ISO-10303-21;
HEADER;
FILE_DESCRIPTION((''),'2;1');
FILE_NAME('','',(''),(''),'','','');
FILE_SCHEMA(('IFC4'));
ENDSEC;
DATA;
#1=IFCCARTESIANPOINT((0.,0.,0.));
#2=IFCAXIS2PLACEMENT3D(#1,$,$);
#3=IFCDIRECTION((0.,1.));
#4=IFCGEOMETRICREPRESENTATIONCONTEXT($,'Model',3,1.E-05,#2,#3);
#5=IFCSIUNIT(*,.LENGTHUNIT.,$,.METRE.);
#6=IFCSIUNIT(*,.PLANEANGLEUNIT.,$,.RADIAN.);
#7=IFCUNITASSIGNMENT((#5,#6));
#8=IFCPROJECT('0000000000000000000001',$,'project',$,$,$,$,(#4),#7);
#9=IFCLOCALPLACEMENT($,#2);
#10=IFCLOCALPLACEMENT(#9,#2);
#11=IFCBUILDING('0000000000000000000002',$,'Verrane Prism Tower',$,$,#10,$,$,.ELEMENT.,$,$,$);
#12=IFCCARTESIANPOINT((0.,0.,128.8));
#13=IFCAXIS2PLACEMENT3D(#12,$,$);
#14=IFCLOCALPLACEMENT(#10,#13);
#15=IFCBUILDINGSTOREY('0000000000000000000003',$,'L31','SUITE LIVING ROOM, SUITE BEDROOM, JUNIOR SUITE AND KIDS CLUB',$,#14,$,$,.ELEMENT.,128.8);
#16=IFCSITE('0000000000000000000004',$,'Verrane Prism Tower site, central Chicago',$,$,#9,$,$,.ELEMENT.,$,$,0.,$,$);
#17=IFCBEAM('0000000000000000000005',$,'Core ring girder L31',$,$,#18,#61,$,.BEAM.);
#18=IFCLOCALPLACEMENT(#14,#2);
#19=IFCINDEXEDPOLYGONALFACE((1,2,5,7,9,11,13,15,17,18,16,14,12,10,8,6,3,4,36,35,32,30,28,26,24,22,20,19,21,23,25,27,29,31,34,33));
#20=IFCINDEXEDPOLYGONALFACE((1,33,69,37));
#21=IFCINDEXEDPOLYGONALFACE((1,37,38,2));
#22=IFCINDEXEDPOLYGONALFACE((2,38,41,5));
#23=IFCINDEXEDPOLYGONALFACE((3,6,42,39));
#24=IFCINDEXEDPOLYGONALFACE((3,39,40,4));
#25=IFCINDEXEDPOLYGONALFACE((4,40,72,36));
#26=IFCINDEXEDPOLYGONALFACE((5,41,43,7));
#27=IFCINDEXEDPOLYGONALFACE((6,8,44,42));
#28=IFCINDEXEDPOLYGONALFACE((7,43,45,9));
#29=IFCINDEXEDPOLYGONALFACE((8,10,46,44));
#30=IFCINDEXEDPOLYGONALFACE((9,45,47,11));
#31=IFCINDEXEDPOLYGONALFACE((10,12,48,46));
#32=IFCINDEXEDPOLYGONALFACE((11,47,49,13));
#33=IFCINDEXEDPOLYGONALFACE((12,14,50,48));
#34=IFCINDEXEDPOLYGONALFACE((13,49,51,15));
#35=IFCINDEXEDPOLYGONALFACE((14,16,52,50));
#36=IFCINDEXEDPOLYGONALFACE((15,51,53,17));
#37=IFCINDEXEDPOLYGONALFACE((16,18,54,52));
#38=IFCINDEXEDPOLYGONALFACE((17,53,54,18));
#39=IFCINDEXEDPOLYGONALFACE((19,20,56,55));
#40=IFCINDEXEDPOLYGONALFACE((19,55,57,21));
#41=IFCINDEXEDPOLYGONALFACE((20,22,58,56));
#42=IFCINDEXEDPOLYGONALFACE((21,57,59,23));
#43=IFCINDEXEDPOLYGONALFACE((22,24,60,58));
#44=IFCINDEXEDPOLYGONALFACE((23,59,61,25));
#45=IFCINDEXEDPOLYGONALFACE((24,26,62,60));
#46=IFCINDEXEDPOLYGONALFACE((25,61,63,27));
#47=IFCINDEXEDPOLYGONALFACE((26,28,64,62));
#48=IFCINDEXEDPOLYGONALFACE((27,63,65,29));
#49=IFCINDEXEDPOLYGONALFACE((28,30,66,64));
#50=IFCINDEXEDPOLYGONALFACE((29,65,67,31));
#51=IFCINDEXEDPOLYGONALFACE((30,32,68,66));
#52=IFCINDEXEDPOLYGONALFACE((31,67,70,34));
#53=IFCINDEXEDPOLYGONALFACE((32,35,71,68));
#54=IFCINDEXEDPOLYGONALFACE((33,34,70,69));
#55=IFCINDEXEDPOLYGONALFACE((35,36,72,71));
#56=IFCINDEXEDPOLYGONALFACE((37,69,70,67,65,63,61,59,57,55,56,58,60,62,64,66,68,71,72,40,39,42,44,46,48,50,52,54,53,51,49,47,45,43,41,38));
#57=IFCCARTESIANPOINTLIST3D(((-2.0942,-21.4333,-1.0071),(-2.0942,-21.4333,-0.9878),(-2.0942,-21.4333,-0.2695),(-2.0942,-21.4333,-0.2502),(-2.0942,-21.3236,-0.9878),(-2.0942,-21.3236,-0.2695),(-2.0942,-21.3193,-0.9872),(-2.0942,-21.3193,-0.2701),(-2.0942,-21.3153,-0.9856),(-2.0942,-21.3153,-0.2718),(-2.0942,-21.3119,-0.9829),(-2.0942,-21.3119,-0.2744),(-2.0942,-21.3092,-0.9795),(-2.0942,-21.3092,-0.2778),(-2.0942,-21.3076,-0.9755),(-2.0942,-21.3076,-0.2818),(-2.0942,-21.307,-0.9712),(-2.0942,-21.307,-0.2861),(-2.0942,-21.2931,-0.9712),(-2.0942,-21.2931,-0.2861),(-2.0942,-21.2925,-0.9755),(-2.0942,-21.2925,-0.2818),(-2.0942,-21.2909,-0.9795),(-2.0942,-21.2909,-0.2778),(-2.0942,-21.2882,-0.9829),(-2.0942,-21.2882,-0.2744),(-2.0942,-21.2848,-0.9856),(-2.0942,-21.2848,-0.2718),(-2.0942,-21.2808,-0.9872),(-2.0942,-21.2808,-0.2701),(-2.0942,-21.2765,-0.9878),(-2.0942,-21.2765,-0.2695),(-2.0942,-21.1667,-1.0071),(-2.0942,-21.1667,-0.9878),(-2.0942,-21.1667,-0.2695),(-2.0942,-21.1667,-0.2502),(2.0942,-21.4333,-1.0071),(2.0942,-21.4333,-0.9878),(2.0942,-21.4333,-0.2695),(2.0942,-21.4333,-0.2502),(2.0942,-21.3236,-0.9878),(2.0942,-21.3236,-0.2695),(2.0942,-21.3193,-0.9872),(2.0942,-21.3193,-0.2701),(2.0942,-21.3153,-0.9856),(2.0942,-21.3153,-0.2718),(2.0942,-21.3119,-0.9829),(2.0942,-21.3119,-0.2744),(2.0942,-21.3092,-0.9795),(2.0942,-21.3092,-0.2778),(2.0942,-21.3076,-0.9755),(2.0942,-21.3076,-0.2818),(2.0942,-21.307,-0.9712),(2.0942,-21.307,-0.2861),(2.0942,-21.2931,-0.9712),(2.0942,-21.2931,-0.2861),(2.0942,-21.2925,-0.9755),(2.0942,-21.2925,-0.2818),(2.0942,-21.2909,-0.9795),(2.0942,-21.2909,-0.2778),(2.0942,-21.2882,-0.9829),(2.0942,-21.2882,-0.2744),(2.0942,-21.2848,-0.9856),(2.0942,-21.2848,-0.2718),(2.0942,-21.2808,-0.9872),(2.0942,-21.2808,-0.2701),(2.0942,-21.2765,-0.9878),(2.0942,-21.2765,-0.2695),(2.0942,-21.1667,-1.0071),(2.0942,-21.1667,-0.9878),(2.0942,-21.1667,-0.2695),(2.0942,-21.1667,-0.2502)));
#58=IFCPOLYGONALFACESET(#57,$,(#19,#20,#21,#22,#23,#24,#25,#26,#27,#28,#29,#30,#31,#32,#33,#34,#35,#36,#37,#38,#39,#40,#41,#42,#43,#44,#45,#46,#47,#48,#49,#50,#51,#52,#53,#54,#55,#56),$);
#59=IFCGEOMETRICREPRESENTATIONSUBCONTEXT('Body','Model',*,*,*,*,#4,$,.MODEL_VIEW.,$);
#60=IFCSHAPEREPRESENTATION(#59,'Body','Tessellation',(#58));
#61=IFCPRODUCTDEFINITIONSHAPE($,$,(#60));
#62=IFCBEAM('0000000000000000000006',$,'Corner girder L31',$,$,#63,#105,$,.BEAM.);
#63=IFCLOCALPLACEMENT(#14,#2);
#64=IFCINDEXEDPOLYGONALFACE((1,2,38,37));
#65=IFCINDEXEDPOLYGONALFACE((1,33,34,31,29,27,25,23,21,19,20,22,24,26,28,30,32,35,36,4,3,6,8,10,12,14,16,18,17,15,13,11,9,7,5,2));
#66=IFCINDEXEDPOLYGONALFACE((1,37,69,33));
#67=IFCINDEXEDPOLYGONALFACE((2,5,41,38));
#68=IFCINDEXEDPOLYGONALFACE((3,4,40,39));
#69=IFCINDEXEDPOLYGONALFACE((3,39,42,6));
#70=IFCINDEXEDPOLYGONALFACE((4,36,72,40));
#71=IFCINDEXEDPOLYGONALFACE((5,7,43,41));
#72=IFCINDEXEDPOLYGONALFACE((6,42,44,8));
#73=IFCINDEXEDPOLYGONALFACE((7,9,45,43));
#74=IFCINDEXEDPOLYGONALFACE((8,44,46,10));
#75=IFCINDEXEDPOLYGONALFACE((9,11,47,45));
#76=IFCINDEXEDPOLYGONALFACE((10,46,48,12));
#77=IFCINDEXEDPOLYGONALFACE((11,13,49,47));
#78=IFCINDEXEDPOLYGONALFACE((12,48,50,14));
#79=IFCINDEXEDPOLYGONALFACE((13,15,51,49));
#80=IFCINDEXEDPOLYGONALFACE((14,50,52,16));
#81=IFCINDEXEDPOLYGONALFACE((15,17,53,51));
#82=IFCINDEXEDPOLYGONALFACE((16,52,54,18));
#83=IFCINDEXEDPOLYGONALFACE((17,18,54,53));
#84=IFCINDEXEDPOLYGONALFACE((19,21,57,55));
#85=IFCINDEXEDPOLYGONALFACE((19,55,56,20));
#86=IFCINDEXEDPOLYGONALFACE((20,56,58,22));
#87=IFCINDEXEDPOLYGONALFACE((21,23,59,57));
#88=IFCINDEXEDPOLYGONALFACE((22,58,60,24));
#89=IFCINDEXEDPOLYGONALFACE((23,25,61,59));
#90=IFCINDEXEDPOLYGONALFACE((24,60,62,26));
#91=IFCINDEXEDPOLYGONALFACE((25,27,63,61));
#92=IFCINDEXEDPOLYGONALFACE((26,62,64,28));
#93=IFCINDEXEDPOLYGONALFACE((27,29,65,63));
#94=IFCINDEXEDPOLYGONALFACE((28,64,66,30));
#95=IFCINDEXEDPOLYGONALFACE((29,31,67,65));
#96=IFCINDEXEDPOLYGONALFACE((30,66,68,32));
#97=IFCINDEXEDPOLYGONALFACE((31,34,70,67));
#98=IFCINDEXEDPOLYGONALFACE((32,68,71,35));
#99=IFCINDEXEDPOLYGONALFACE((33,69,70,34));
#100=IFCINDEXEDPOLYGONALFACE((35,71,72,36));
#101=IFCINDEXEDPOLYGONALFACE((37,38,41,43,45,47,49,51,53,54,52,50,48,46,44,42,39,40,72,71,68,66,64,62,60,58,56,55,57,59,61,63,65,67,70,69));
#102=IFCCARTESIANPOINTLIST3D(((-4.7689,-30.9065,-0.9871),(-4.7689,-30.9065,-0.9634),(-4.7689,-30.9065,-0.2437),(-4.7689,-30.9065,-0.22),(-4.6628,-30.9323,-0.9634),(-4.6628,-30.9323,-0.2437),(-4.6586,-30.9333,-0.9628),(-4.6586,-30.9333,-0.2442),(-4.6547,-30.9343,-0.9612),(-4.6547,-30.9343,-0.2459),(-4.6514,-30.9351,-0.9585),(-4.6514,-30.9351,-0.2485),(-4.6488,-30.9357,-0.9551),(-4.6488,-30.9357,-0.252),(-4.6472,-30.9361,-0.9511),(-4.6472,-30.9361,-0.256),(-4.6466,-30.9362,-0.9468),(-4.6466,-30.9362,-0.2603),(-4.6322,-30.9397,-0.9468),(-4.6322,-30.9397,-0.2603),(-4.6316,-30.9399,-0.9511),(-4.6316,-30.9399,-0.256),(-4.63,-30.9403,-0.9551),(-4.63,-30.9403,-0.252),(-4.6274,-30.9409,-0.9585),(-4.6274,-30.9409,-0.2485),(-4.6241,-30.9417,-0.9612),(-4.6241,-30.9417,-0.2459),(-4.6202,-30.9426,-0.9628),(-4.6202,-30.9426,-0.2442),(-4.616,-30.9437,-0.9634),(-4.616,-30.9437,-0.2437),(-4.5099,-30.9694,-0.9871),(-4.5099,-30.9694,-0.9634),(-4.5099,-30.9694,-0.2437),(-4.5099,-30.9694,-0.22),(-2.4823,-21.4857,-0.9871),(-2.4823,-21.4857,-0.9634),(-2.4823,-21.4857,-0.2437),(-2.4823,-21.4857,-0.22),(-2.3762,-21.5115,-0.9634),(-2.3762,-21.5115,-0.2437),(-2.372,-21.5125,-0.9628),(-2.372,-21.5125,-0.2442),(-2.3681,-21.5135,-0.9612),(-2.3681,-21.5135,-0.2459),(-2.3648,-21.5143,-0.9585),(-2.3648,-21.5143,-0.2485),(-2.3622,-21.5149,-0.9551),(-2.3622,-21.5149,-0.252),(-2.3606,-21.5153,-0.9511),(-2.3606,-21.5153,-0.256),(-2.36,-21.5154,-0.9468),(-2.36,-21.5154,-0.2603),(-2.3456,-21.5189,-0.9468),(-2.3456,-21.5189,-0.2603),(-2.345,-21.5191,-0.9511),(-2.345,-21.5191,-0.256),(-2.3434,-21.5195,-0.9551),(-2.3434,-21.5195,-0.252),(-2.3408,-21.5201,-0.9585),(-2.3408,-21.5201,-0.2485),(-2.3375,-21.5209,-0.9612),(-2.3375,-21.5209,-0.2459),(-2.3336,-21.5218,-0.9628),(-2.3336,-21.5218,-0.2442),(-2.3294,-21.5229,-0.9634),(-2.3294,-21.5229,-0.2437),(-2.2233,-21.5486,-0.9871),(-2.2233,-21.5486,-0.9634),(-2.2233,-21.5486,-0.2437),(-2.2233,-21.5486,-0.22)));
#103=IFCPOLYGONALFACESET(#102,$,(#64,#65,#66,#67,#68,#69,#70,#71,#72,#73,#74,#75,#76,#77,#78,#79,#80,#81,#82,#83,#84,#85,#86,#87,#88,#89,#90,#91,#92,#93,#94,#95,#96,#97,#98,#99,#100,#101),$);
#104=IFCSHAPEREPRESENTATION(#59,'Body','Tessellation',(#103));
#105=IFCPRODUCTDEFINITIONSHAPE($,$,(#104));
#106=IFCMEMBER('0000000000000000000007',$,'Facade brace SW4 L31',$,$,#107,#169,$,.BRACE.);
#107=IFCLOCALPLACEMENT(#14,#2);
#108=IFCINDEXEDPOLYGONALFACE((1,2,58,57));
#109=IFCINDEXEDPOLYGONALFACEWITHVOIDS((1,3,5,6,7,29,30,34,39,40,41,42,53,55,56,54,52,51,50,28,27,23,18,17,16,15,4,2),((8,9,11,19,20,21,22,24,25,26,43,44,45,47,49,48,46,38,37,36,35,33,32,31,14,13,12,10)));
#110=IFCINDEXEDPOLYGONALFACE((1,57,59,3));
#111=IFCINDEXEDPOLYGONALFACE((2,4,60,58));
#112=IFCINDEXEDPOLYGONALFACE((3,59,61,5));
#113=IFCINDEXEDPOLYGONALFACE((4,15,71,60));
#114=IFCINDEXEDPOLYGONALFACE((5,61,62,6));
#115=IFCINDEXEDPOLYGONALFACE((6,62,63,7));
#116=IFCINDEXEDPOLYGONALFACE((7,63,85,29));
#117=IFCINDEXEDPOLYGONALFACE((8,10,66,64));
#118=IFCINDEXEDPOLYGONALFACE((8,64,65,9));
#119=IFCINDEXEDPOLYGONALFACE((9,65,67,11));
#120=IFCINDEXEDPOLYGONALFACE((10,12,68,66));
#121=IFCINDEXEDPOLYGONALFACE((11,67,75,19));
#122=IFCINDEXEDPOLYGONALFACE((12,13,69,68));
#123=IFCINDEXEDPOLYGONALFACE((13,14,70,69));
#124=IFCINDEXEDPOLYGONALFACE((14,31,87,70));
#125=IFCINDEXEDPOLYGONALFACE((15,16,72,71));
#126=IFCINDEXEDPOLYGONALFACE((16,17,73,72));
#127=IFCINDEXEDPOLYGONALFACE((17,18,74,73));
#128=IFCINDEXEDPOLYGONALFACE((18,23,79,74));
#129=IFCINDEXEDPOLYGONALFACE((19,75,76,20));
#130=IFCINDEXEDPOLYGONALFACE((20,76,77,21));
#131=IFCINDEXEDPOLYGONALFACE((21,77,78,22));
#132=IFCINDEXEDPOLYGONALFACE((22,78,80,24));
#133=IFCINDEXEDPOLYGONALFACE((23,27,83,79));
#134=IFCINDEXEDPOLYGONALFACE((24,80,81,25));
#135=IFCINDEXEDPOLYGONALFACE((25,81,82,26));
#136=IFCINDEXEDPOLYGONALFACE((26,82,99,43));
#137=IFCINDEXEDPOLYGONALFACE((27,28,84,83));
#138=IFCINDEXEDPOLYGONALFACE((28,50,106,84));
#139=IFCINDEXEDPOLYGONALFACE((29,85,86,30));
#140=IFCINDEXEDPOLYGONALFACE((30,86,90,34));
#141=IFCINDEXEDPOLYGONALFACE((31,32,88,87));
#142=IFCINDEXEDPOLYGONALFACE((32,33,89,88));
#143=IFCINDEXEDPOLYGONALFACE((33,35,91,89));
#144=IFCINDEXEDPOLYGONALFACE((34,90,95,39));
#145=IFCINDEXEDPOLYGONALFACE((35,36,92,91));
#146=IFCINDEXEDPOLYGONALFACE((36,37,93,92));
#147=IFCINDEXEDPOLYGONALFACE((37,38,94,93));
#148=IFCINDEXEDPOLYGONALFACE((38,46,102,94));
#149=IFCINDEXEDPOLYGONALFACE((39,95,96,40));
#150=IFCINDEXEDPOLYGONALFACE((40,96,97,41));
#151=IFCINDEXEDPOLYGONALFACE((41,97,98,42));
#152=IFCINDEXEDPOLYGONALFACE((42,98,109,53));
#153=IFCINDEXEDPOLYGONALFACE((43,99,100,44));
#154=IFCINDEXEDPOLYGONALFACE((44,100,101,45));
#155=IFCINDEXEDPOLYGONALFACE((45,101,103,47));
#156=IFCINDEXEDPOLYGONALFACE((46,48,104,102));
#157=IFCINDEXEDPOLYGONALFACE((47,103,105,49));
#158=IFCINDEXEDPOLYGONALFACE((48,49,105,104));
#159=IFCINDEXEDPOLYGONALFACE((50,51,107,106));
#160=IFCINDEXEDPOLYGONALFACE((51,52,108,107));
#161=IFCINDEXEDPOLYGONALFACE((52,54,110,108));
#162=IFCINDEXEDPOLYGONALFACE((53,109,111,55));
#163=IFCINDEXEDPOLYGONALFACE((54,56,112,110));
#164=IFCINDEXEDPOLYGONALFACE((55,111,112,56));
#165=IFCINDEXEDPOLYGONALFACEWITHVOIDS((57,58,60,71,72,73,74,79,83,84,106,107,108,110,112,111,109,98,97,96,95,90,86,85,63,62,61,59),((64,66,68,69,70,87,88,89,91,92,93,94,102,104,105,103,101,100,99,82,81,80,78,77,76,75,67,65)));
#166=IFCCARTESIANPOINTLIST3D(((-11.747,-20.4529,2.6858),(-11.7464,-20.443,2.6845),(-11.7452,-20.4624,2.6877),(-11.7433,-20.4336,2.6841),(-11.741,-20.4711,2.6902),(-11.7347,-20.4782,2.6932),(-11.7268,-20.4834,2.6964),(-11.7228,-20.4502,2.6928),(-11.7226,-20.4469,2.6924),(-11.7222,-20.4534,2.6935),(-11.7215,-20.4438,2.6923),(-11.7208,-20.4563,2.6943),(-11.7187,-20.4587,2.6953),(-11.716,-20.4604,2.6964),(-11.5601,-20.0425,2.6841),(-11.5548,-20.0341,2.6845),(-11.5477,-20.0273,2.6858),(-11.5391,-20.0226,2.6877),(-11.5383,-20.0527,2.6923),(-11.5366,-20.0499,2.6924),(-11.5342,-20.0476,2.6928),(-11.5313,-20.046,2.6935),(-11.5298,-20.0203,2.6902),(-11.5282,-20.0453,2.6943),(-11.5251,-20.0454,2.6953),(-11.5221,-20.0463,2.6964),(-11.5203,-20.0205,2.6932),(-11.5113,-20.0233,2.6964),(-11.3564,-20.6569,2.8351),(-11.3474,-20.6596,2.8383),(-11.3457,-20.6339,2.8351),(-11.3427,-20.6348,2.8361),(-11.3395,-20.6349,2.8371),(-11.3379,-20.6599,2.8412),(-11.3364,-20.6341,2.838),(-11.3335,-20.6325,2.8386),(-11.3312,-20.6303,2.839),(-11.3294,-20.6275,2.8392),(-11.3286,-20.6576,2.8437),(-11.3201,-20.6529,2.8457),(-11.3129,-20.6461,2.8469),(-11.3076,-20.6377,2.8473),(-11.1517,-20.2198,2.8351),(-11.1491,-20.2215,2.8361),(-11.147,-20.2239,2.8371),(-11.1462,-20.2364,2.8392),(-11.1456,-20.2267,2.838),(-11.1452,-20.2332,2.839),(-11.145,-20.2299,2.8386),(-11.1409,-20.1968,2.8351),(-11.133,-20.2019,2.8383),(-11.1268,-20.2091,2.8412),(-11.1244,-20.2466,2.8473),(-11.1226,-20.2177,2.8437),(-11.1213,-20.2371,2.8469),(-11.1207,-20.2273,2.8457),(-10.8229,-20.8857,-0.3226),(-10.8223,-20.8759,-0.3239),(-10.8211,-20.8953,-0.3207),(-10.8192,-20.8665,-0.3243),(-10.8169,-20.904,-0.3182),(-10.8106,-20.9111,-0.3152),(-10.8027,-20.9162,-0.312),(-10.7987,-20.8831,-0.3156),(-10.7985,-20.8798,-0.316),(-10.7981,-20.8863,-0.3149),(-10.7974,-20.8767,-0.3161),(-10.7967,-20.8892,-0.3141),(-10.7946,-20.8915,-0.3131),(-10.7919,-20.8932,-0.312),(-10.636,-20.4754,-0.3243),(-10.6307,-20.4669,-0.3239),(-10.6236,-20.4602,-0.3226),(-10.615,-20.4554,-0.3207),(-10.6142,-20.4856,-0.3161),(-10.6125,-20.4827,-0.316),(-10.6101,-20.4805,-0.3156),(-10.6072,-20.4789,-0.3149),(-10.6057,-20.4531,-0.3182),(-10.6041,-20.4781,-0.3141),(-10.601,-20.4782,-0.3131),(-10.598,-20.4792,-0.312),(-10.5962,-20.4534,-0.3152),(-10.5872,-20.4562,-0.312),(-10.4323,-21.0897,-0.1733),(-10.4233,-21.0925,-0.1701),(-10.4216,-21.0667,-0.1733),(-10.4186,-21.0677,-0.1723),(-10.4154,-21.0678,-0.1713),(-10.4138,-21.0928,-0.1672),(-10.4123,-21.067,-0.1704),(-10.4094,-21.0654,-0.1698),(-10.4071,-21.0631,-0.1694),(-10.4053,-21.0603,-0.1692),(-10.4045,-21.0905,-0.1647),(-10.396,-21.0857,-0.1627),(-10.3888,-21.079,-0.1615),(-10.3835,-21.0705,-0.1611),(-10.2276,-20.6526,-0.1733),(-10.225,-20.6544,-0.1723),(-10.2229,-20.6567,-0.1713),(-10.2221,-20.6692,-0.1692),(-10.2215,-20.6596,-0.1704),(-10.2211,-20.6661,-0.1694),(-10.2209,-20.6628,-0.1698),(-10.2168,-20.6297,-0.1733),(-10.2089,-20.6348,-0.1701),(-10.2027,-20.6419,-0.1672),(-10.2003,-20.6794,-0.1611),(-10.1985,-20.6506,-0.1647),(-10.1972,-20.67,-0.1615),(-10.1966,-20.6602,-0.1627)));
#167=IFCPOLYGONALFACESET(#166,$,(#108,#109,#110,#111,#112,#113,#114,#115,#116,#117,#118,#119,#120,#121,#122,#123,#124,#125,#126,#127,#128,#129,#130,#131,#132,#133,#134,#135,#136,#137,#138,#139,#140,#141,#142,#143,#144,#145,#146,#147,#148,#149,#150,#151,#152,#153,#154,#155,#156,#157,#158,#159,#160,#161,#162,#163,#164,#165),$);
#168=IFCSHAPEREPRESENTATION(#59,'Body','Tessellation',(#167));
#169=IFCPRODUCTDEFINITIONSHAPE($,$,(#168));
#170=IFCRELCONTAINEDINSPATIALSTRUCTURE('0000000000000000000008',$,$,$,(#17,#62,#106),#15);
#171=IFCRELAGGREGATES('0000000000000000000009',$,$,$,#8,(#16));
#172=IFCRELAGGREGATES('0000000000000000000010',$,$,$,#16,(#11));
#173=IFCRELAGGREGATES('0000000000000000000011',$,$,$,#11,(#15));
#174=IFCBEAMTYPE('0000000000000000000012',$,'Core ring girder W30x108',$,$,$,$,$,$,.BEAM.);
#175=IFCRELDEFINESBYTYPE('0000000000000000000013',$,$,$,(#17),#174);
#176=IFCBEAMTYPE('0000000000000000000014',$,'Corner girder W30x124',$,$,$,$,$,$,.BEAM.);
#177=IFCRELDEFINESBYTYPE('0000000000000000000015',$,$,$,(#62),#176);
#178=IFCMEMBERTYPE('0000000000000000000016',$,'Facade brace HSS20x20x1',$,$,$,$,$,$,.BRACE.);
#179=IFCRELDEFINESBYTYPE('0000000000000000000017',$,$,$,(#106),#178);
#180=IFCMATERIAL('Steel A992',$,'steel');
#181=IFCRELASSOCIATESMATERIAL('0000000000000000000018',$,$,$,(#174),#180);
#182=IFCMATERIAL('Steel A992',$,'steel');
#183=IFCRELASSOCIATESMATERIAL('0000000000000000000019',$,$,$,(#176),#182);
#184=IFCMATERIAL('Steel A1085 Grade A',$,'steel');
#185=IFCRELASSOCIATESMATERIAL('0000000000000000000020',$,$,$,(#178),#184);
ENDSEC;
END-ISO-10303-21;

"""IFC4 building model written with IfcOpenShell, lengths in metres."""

from ifc_helpers import new_model, si_unit, direction, frame, origin, origin_2d, place, context, subcontext, project, spatial, hollow_rectangle, i_section, extrude, material, material_profile, profile_set, type_object, element, save


model = new_model("IFC4")

# Units and contexts
model_context = context("Model", 3, precision=1e-05, world=origin(), true_north=direction((0.0, 1.0)))
body_context = subcontext(model_context, "Body", "Model", "MODEL_VIEW")
ifc_project = project(units=[si_unit("LENGTHUNIT", "METRE"), si_unit("PLANEANGLEUNIT", "RADIAN")], contexts=[model_context])

# Site, building, storey
site_placement = place(None, origin())
site = spatial("IfcSite", under=ifc_project, at=site_placement, Name="Verrane Prism Tower site, central Chicago", CompositionType="ELEMENT", RefElevation=0.0)
building_placement = place(site_placement, origin())
building = spatial("IfcBuilding", under=site, at=building_placement, Name="Verrane Prism Tower", CompositionType="ELEMENT")
storey_placement = place(building_placement, frame((0.0, 0.0, 128.8)))
storey = spatial("IfcBuildingStorey", under=building, at=storey_placement, Name="L31", Description="SUITE LIVING ROOM, SUITE BEDROOM, JUNIOR SUITE AND KIDS CLUB", CompositionType="ELEMENT", Elevation=128.8)

# Beams
ifc_material_1 = material(Name="Steel A992", Category="steel")
ifc_material_profile_1 = material_profile(ifc_material_1, i_section(OverallWidth=0.2666, OverallDepth=0.7568, WebThickness=0.0139, FlangeThickness=0.0193, FilletRadius=0.0166, at=origin_2d()), Name="W30x108")
ifc_profile_set_1 = profile_set([ifc_material_profile_1], Name="Steel A992")
beam_type_1 = type_object("IfcBeamType", Name="Core ring girder W30x108", PredefinedType="BEAM", material=ifc_profile_set_1)
beam_1_placement = place(storey_placement, frame((-2.0942, -21.3, -0.6287), z_axis=(1.0, 0.0, 0.0), x_axis=(0.0, 1.0, 0.0)))
element("IfcBeam", 1, at=beam_1_placement, inside=storey, type_object=beam_type_1, Name="Core ring girder L31", PredefinedType="BEAM", context=body_context, shape_type="SweptSolid", body=[
    extrude(i_section(OverallWidth=0.2666, OverallDepth=0.7568, WebThickness=0.0139, FlangeThickness=0.0193, FilletRadius=0.0166, at=origin_2d()), origin(), (0.0, 0.0, 1.0), 4.1885),
])
ifc_material_2 = material(Name="Steel A992", Category="steel")
ifc_material_profile_2 = material_profile(ifc_material_2, i_section(OverallWidth=0.2666, OverallDepth=0.7671, WebThickness=0.0149, FlangeThickness=0.0237, FilletRadius=0.0166, at=origin_2d()), Name="W30x124")
ifc_profile_set_2 = profile_set([ifc_material_profile_2], Name="Steel A992")
beam_type_2 = type_object("IfcBeamType", Name="Corner girder W30x124", PredefinedType="BEAM", material=ifc_profile_set_2)
beam_2_placement = place(storey_placement, frame((-4.6394, -30.938, -0.6035), z_axis=(0.23587, 0.971785, 0.0), x_axis=(-0.971785, 0.23587, 0.0)))
element("IfcBeam", 2, at=beam_2_placement, inside=storey, type_object=beam_type_2, Name="Corner girder L31", PredefinedType="BEAM", context=body_context, shape_type="SweptSolid", body=[
    extrude(i_section(OverallWidth=0.2666, OverallDepth=0.7671, WebThickness=0.0149, FlangeThickness=0.0237, FilletRadius=0.0166, at=origin_2d()), origin(), (0.0, 0.0, 1.0), 9.6943),
])

# Member
ifc_material_3 = material(Name="Steel A1085 Grade A", Category="steel")
ifc_material_profile_3 = material_profile(ifc_material_3, hollow_rectangle(XDim=0.5081, YDim=0.5081, WallThickness=0.0254, InnerFilletRadius=0.0127, OuterFilletRadius=0.0381, at=origin_2d()), Name="HSS20x20x1")
ifc_profile_set_3 = profile_set([ifc_material_profile_3], Name="Steel A1085 Grade A")
member_type_1 = type_object("IfcMemberType", Name="Facade brace HSS20x20x1", PredefinedType="BRACE", material=ifc_profile_set_3)
member_1_placement = place(storey_placement, frame((-10.5098, -20.7729, -0.2427), z_axis=(-0.290895, 0.136263, 0.947002), x_axis=(-0.424195, -0.905571, 0.0)))
element("IfcMember", 3, at=member_1_placement, inside=storey, type_object=member_type_1, Name="Facade brace SW4 L31", PredefinedType="BRACE", context=body_context, shape_type="SweptSolid", body=[
    extrude(hollow_rectangle(XDim=0.5081, YDim=0.5081, WallThickness=0.0254, InnerFilletRadius=0.0127, OuterFilletRadius=0.0381, at=origin_2d()), origin(), (0.0, 0.0, 1.0), 3.1768),
])

save(model, "model.ifc")
